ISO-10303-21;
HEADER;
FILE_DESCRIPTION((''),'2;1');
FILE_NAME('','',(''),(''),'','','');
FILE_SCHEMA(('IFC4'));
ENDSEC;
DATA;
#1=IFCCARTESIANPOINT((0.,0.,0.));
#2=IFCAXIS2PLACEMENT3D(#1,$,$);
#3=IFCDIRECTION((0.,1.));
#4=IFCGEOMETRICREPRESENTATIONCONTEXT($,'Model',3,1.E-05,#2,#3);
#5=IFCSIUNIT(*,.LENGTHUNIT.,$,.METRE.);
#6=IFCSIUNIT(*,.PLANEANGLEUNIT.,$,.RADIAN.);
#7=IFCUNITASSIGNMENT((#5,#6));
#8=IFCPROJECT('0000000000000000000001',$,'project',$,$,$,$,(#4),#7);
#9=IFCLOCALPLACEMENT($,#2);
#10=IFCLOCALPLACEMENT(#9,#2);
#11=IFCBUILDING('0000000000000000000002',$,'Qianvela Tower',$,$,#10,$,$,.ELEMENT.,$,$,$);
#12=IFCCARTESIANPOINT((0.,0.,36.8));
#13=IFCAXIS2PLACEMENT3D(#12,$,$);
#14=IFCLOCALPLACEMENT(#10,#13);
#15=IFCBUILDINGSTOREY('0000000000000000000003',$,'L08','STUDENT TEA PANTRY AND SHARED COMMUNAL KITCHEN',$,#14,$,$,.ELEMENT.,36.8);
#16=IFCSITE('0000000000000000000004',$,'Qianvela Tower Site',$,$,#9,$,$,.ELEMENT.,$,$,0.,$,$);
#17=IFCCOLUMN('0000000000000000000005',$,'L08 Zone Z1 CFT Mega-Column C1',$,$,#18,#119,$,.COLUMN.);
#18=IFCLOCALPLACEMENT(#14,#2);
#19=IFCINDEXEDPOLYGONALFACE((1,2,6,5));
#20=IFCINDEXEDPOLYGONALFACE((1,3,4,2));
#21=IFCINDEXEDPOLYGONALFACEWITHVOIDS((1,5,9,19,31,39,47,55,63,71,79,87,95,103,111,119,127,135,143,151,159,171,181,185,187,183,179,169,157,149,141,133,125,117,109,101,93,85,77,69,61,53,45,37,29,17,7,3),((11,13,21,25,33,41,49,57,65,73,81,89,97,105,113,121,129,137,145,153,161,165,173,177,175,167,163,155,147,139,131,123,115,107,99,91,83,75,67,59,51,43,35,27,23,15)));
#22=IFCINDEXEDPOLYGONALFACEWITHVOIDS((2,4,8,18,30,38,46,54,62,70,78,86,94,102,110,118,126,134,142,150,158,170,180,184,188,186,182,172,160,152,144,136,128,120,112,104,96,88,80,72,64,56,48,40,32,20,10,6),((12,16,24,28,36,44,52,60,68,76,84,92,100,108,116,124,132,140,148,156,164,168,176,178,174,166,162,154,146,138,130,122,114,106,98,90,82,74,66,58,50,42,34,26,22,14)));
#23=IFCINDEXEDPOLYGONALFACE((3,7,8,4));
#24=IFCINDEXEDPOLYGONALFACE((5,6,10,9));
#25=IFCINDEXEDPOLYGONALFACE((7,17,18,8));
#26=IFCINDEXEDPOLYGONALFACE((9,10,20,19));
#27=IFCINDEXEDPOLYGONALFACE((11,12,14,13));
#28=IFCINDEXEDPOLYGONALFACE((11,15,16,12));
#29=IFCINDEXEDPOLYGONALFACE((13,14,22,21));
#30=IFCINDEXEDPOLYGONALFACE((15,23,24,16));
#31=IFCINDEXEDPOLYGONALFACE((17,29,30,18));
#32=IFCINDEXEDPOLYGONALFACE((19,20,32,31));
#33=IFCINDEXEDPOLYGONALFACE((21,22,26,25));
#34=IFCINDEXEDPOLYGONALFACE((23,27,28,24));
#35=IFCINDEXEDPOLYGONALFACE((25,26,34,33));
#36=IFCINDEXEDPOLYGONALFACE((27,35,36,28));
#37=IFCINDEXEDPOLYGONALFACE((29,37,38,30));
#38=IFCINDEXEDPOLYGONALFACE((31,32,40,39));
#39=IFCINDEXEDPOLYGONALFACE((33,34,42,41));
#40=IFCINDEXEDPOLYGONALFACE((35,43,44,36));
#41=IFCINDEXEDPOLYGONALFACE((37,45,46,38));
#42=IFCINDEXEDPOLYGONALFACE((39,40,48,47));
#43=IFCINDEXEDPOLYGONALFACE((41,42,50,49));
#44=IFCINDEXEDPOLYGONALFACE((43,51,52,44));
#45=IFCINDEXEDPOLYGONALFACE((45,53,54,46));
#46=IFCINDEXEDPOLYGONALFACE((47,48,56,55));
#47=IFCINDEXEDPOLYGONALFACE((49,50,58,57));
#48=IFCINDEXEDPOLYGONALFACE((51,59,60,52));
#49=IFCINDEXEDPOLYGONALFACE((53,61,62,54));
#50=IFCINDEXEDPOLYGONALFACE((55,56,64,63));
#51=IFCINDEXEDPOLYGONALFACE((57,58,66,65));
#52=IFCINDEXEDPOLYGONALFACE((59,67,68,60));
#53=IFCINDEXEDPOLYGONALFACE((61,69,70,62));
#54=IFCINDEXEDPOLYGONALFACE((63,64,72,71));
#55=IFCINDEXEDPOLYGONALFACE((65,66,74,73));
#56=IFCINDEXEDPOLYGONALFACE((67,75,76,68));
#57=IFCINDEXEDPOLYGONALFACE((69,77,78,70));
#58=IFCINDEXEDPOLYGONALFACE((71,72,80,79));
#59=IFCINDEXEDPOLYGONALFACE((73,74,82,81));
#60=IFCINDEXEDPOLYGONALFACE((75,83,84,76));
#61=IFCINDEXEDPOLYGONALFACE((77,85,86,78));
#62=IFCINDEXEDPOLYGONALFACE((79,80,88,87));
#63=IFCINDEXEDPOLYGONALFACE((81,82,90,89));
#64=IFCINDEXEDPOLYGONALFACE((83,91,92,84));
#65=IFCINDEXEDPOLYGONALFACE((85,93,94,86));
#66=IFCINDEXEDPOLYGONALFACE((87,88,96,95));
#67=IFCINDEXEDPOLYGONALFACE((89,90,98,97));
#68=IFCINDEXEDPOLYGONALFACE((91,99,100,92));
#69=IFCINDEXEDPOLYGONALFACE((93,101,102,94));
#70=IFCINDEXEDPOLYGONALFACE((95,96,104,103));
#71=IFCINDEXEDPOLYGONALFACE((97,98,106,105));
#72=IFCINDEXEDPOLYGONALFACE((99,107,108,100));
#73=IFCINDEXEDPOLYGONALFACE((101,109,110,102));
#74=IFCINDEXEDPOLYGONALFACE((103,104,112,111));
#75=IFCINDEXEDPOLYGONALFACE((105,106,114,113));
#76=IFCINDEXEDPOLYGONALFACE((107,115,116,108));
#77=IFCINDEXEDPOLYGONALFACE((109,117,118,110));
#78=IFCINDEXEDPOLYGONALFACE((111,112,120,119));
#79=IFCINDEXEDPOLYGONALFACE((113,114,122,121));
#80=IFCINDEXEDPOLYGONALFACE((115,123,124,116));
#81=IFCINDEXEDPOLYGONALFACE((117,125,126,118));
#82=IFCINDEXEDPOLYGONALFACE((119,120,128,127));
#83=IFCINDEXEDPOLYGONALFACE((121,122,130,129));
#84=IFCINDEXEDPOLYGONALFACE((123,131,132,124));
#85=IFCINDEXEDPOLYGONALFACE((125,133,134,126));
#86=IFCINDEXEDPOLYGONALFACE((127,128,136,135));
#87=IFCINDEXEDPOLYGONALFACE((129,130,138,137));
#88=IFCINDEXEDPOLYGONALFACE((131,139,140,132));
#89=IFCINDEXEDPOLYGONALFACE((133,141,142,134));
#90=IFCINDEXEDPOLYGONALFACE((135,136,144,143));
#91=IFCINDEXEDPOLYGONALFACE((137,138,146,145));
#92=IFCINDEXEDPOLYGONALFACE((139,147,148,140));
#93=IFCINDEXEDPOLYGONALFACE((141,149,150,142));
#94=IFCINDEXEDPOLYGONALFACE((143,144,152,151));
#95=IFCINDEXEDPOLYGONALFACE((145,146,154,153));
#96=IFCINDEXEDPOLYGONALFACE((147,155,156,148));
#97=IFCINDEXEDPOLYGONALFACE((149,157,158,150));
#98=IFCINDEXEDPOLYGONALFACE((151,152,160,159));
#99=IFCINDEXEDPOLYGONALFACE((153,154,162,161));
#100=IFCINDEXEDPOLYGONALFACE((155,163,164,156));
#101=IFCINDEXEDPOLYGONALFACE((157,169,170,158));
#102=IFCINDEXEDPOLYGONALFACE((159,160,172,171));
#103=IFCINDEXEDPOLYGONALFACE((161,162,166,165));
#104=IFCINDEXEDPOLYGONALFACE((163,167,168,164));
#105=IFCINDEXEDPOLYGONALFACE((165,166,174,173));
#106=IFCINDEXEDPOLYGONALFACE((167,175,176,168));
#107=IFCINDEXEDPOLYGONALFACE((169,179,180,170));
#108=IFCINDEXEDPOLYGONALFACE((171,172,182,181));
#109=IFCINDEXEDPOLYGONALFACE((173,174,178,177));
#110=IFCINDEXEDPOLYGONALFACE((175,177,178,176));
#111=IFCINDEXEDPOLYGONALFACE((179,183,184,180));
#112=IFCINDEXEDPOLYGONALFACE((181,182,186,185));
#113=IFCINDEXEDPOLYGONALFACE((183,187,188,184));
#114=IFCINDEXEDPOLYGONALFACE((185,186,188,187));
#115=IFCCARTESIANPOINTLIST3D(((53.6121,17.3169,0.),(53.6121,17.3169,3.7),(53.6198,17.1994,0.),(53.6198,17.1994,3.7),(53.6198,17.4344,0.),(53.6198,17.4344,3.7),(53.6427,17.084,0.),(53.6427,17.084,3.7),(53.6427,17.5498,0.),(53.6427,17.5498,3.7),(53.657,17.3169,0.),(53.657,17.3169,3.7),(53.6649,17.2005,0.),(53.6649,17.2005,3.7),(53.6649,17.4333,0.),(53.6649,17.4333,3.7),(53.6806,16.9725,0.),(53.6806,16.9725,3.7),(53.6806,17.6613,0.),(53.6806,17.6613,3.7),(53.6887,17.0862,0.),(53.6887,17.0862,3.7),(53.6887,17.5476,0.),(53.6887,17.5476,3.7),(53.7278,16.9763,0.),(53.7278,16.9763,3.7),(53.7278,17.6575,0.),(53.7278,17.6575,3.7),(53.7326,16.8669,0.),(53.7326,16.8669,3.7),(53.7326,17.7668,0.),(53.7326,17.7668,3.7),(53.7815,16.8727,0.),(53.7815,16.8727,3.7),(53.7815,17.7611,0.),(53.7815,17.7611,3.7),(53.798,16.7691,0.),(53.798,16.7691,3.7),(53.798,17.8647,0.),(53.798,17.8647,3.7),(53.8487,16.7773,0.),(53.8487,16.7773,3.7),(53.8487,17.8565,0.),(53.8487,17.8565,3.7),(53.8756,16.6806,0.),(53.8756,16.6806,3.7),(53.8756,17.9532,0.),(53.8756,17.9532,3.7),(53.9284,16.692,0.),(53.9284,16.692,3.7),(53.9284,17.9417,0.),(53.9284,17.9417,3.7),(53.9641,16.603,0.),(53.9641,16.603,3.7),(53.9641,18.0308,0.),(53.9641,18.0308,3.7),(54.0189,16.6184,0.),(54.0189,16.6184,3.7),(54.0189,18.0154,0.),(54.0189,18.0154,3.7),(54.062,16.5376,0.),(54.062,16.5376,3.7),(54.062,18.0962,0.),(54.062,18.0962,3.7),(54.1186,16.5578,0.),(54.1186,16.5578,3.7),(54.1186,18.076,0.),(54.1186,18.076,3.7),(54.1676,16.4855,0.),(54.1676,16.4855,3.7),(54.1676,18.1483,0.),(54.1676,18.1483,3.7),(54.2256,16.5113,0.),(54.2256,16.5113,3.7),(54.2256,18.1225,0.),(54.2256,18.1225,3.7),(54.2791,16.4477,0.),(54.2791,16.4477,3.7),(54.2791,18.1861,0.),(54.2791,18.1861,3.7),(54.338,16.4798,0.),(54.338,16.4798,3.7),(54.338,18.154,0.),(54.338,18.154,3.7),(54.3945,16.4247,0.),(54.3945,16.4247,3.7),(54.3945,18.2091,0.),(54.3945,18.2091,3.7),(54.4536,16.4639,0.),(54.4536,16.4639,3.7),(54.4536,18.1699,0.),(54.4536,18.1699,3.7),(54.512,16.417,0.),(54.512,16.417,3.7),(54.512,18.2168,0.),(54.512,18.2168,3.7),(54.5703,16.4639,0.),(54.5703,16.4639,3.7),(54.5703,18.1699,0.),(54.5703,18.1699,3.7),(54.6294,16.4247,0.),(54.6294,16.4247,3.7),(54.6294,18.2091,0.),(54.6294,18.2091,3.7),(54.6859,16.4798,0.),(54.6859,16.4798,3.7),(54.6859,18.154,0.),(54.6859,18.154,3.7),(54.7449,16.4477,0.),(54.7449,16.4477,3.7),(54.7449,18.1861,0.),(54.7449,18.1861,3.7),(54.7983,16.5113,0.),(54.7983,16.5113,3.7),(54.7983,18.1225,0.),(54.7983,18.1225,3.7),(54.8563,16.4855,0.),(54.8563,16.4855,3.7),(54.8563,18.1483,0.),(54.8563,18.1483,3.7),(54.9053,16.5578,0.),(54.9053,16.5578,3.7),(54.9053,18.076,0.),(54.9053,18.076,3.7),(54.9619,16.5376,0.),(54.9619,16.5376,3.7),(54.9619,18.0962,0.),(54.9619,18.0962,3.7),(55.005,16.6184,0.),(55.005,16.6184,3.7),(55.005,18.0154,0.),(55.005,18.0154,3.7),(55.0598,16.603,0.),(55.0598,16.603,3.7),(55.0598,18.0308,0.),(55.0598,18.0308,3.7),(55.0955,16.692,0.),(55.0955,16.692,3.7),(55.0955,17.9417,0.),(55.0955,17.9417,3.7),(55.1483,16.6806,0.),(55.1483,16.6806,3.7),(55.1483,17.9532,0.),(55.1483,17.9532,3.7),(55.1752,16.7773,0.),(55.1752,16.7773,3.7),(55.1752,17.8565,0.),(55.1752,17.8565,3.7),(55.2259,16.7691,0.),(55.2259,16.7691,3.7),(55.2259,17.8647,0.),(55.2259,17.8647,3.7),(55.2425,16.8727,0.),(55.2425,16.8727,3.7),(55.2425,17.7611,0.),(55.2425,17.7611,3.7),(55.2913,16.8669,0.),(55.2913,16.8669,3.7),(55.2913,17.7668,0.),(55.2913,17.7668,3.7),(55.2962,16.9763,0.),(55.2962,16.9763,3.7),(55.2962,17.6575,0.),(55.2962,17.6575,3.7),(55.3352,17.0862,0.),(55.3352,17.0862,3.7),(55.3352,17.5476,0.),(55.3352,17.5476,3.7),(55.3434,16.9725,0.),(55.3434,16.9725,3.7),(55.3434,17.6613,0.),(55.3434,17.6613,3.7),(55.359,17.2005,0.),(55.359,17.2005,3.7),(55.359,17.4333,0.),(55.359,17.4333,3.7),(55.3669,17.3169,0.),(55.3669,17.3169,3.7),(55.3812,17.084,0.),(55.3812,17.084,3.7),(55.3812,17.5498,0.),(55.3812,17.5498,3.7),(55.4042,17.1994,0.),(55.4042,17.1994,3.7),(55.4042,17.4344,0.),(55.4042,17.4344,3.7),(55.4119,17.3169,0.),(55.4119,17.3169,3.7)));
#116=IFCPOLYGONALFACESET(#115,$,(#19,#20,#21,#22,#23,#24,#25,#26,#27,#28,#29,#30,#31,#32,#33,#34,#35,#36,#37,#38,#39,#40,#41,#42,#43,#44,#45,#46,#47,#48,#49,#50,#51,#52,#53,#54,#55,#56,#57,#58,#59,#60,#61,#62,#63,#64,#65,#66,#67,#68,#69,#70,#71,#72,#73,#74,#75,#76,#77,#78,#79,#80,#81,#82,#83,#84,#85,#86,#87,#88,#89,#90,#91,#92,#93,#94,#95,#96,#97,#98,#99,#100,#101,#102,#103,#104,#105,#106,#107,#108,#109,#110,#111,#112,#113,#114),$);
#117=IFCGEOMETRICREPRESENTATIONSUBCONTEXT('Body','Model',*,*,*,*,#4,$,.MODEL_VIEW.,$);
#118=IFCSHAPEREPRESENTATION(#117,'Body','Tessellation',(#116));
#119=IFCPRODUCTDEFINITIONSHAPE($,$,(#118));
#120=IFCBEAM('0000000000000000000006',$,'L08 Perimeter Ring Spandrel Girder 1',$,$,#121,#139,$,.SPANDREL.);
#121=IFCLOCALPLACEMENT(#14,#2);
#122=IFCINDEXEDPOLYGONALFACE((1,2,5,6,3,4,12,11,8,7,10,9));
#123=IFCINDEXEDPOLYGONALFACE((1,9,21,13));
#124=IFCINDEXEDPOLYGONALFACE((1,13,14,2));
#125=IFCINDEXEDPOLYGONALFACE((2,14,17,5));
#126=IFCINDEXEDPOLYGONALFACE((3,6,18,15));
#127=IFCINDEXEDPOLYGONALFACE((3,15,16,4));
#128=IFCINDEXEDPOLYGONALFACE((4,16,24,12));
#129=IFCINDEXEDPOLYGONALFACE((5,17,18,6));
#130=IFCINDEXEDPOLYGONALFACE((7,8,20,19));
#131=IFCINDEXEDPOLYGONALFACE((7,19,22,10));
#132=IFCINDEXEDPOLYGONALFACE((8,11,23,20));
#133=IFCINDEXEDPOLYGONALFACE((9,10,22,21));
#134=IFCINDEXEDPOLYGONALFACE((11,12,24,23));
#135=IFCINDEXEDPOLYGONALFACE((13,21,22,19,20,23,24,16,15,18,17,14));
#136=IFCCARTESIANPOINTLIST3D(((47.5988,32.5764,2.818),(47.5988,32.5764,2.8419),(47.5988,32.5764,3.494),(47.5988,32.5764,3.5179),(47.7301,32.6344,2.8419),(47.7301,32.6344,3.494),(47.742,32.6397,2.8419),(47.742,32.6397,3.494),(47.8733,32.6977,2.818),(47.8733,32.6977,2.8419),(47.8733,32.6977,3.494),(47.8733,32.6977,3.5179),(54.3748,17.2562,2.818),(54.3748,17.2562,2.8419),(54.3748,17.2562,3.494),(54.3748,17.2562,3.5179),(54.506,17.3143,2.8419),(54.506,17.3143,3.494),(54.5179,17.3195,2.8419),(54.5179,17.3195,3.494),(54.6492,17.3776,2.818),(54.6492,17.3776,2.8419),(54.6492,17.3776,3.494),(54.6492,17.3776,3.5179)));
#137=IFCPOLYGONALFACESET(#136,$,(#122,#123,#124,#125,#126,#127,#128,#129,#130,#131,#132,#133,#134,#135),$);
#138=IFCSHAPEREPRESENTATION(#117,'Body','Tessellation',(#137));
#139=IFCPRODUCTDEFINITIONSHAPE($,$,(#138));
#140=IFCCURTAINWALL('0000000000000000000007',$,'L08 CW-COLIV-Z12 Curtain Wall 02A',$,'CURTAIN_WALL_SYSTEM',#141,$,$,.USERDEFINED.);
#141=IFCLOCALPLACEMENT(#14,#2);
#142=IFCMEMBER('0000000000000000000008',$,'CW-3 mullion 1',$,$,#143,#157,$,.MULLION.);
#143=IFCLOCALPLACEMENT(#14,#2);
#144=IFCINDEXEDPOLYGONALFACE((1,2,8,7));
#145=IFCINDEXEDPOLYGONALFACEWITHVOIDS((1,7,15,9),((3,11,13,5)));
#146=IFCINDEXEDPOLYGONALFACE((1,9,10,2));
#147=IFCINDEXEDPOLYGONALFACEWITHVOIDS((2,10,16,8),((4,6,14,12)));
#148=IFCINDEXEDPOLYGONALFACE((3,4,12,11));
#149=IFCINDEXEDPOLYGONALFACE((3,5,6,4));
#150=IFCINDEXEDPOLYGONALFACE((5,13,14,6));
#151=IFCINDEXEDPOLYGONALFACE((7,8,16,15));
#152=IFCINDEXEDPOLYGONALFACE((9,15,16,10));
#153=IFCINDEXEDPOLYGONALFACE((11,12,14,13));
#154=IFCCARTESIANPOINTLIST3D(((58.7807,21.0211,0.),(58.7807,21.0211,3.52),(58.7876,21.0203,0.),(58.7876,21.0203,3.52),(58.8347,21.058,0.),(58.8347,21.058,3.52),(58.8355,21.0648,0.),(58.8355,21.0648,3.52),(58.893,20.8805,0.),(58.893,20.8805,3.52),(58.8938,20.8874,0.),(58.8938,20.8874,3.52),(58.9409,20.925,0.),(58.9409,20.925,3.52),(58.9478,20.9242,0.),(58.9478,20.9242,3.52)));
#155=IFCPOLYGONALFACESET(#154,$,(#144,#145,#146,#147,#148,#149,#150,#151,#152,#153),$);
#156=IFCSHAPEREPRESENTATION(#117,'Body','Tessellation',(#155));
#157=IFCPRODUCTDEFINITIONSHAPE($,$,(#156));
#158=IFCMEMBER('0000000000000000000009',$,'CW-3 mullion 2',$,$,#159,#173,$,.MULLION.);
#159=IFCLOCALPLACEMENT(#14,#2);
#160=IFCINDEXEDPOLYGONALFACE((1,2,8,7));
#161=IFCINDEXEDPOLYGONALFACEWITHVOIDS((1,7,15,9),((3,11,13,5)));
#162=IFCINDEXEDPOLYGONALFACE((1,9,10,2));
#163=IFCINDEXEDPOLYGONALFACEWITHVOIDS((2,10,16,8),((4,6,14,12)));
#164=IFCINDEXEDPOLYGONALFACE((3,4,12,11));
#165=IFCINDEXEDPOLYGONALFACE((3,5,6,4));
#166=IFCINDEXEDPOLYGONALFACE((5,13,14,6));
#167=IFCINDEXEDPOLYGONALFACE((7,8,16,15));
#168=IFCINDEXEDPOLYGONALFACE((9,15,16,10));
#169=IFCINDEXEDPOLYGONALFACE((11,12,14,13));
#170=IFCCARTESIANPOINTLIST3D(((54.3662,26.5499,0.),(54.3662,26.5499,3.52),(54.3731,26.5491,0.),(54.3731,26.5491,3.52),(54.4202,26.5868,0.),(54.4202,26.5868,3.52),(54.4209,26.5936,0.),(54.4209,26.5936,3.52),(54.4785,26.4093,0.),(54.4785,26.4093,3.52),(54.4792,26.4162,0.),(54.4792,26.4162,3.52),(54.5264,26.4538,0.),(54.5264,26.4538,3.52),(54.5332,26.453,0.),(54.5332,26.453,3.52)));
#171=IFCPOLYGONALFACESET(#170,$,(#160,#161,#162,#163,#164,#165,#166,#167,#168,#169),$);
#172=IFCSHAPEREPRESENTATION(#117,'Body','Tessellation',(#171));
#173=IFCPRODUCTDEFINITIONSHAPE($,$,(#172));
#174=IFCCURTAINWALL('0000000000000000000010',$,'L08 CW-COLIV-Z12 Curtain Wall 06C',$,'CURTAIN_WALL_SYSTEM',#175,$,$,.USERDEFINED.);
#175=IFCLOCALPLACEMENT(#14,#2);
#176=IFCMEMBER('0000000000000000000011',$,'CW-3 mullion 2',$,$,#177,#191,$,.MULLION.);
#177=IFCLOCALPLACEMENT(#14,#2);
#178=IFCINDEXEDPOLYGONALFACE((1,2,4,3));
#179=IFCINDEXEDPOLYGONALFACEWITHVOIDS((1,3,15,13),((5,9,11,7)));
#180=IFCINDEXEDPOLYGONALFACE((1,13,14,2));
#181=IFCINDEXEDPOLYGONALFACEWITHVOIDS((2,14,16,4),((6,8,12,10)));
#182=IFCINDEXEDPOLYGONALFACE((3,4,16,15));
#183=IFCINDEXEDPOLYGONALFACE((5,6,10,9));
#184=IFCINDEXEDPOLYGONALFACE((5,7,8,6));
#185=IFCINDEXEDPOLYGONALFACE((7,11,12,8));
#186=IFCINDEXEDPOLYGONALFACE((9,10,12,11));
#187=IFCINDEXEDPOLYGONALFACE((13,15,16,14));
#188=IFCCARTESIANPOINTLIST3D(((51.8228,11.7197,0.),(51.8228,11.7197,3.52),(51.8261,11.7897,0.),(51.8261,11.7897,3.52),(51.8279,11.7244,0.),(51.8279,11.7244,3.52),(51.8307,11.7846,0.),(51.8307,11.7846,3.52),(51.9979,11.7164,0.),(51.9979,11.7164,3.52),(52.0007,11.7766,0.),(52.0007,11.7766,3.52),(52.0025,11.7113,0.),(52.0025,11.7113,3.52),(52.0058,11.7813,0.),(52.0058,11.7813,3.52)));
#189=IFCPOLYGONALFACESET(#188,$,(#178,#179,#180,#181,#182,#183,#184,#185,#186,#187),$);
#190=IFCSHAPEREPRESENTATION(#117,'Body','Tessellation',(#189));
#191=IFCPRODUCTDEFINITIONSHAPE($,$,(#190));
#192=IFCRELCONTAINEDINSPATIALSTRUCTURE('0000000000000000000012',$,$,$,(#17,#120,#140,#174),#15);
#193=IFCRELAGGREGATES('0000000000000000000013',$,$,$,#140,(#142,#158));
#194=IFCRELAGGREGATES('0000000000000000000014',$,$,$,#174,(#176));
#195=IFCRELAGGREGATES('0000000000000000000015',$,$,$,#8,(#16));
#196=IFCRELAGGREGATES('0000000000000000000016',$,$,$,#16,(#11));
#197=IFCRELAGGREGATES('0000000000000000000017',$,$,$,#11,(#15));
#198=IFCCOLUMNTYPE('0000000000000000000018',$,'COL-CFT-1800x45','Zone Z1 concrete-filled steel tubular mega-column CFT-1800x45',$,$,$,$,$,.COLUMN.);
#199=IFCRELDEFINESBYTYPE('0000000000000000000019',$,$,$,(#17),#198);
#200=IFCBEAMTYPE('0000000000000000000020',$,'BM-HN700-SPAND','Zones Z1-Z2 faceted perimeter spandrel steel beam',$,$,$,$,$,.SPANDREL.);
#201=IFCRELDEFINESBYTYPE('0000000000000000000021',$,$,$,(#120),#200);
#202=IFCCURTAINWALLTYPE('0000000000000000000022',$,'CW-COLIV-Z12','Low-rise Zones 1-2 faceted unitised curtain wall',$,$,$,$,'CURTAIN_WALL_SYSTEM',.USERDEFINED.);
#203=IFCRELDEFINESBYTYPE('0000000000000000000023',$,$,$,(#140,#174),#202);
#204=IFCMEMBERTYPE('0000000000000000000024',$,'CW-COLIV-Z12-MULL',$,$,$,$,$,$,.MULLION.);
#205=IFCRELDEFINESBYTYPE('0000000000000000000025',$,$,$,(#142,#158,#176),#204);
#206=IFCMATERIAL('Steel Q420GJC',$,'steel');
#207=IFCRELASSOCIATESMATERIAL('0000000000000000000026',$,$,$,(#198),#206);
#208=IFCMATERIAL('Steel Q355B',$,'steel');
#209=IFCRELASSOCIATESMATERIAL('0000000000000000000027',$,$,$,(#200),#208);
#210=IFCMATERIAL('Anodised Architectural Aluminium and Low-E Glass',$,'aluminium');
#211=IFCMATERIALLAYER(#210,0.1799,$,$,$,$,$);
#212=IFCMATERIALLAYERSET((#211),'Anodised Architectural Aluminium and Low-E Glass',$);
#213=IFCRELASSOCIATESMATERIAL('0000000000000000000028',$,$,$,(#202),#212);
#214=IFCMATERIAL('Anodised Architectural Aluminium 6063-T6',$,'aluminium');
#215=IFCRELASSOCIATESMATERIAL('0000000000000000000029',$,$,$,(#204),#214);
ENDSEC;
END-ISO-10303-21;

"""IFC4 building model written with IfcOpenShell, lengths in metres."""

from ifc_helpers import new_model, si_unit, direction, frame, origin, origin_2d, place, context, subcontext, project, spatial, hollow_rectangle, hollow_circle, i_section, extrude, material, layer, layer_set, material_profile, profile_set, type_object, element, aggregate, save


model = new_model("IFC4")

# Units and contexts
model_context = context("Model", 3, precision=1e-05, world=origin(), true_north=direction((0.0, 1.0)))
body_context = subcontext(model_context, "Body", "Model", "MODEL_VIEW")
ifc_project = project(units=[si_unit("LENGTHUNIT", "METRE"), si_unit("PLANEANGLEUNIT", "RADIAN")], contexts=[model_context])

# Site, building, storey
site_placement = place(None, origin())
site = spatial("IfcSite", under=ifc_project, at=site_placement, Name="Qianvela Tower Site", CompositionType="ELEMENT", RefElevation=0.0)
building_placement = place(site_placement, origin())
building = spatial("IfcBuilding", under=site, at=building_placement, Name="Qianvela Tower", CompositionType="ELEMENT")
storey_placement = place(building_placement, frame((0.0, 0.0, 36.8)))
storey = spatial("IfcBuildingStorey", under=building, at=storey_placement, Name="L08", Description="STUDENT TEA PANTRY AND SHARED COMMUNAL KITCHEN", CompositionType="ELEMENT", Elevation=36.8)

# Column
ifc_material_1 = material(Name="Steel Q420GJC", Category="steel")
ifc_material_profile_1 = material_profile(ifc_material_1, hollow_circle(Radius=0.8999, WallThickness=0.0449, at=origin_2d()), Name="CFT-1800x45")
ifc_profile_set_1 = profile_set([ifc_material_profile_1], Name="Steel Q420GJC")
column_type = type_object("IfcColumnType", Name="COL-CFT-1800x45", Description="Zone Z1 concrete-filled steel tubular mega-column CFT-1800x45", PredefinedType="COLUMN", material=ifc_profile_set_1)
column_placement = place(storey_placement, frame((54.512, 17.3169, 0.0), z_axis=(0.0, 0.0, 1.0), x_axis=(1.0, 0.0, 0.0)))
element("IfcColumn", 1, at=column_placement, inside=storey, type_object=column_type, Name="L08 Zone Z1 CFT Mega-Column C1", PredefinedType="COLUMN", context=body_context, shape_type="SweptSolid", body=[
    extrude(hollow_circle(Radius=0.8999, WallThickness=0.0449, at=origin_2d()), origin(), (0.0, 0.0, 1.0), 3.7),
])

# Beam
ifc_material_2 = material(Name="Steel Q355B", Category="steel")
ifc_material_profile_2 = material_profile(ifc_material_2, i_section(OverallWidth=0.3, OverallDepth=0.7, WebThickness=0.0129, FlangeThickness=0.0239, at=origin_2d()), Name="HN700x300x13x24")
ifc_profile_set_2 = profile_set([ifc_material_profile_2], Name="Steel Q355B")
beam_type = type_object("IfcBeamType", Name="BM-HN700-SPAND", Description="Zones Z1-Z2 faceted perimeter spandrel steel beam", PredefinedType="SPANDREL", material=ifc_profile_set_2)
beam_placement = place(storey_placement, frame((54.512, 17.3169, 3.168), z_axis=(-0.404491, 0.914542, 0.0), x_axis=(-0.914542, -0.404491, 0.0)))
element("IfcBeam", 2, at=beam_placement, inside=storey, type_object=beam_type, Name="L08 Perimeter Ring Spandrel Girder 1", PredefinedType="SPANDREL", context=body_context, shape_type="SweptSolid", body=[
    extrude(i_section(OverallWidth=0.3, OverallDepth=0.7, WebThickness=0.0129, FlangeThickness=0.0239, at=origin_2d()), origin(), (0.0, 0.0, 1.0), 16.7517),
])

# Curtain wall, members
ifc_material_3 = material(Name="Anodised Architectural Aluminium and Low-E Glass", Category="aluminium")
ifc_layer_1 = layer(ifc_material_3, 0.1799)
ifc_layer_set_1 = layer_set([ifc_layer_1], Name="Anodised Architectural Aluminium and Low-E Glass")
curtain_wall_type = type_object("IfcCurtainWallType", Name="CW-COLIV-Z12", Description="Low-rise Zones 1-2 faceted unitised curtain wall", ElementType="CURTAIN_WALL_SYSTEM", PredefinedType="USERDEFINED", material=ifc_layer_set_1)
curtain_wall_1_placement = place(storey_placement, origin())
curtain_wall_1 = element("IfcCurtainWall", 3, at=curtain_wall_1_placement, inside=storey, type_object=curtain_wall_type, Name="L08 CW-COLIV-Z12 Curtain Wall 02A", ObjectType="CURTAIN_WALL_SYSTEM", PredefinedType="USERDEFINED")
ifc_material_4 = material(Name="Anodised Architectural Aluminium 6063-T6", Category="aluminium")
ifc_material_profile_3 = material_profile(ifc_material_4, hollow_rectangle(XDim=0.0701, YDim=0.1799, WallThickness=0.0049, at=origin_2d()), Name="ALU-MULL-70x180")
ifc_profile_set_3 = profile_set([ifc_material_profile_3], Name="Anodised Architectural Aluminium 6063-T6")
member_type_1 = type_object("IfcMemberType", Name="CW-COLIV-Z12-MULL", PredefinedType="MULLION", material=ifc_profile_set_3)
member_1_placement = place(storey_placement, frame((58.8643, 20.9727, 0.0), z_axis=(0.0, 0.0, 1.0), x_axis=(-0.781444, -0.623975, 0.0)))
member_1 = element("IfcMember", 4, at=member_1_placement, type_object=member_type_1, Name="CW-3 mullion 1", PredefinedType="MULLION", context=body_context, shape_type="SweptSolid", body=[
    extrude(hollow_rectangle(XDim=0.0701, YDim=0.1799, WallThickness=0.0049, at=origin_2d()), origin(), (0.0, 0.0, 1.0), 3.52),
])
member_2_placement = place(storey_placement, frame((54.4497, 26.5015, 0.0), z_axis=(0.0, 0.0, 1.0), x_axis=(-0.781444, -0.623975, 0.0)))
member_2 = element("IfcMember", 5, at=member_2_placement, type_object=member_type_1, Name="CW-3 mullion 2", PredefinedType="MULLION", context=body_context, shape_type="SweptSolid", body=[
    extrude(hollow_rectangle(XDim=0.0701, YDim=0.1799, WallThickness=0.0049, at=origin_2d()), origin(), (0.0, 0.0, 1.0), 3.52),
])

# Curtain wall, member
curtain_wall_2_placement = place(storey_placement, origin())
curtain_wall_2 = element("IfcCurtainWall", 6, at=curtain_wall_2_placement, inside=storey, type_object=curtain_wall_type, Name="L08 CW-COLIV-Z12 Curtain Wall 06C", ObjectType="CURTAIN_WALL_SYSTEM", PredefinedType="USERDEFINED")
member_3_placement = place(storey_placement, frame((51.9143, 11.7505, 0.0), z_axis=(0.0, 0.0, 1.0), x_axis=(0.046886, 0.9989, 0.0)))
member_3 = element("IfcMember", 7, at=member_3_placement, type_object=member_type_1, Name="CW-3 mullion 2", PredefinedType="MULLION", context=body_context, shape_type="SweptSolid", body=[
    extrude(hollow_rectangle(XDim=0.0701, YDim=0.1799, WallThickness=0.0049, at=origin_2d()), origin(), (0.0, 0.0, 1.0), 3.52),
])

aggregate(curtain_wall_1, [member_1, member_2])
aggregate(curtain_wall_2, [member_3])

save(model, "model.ifc")
